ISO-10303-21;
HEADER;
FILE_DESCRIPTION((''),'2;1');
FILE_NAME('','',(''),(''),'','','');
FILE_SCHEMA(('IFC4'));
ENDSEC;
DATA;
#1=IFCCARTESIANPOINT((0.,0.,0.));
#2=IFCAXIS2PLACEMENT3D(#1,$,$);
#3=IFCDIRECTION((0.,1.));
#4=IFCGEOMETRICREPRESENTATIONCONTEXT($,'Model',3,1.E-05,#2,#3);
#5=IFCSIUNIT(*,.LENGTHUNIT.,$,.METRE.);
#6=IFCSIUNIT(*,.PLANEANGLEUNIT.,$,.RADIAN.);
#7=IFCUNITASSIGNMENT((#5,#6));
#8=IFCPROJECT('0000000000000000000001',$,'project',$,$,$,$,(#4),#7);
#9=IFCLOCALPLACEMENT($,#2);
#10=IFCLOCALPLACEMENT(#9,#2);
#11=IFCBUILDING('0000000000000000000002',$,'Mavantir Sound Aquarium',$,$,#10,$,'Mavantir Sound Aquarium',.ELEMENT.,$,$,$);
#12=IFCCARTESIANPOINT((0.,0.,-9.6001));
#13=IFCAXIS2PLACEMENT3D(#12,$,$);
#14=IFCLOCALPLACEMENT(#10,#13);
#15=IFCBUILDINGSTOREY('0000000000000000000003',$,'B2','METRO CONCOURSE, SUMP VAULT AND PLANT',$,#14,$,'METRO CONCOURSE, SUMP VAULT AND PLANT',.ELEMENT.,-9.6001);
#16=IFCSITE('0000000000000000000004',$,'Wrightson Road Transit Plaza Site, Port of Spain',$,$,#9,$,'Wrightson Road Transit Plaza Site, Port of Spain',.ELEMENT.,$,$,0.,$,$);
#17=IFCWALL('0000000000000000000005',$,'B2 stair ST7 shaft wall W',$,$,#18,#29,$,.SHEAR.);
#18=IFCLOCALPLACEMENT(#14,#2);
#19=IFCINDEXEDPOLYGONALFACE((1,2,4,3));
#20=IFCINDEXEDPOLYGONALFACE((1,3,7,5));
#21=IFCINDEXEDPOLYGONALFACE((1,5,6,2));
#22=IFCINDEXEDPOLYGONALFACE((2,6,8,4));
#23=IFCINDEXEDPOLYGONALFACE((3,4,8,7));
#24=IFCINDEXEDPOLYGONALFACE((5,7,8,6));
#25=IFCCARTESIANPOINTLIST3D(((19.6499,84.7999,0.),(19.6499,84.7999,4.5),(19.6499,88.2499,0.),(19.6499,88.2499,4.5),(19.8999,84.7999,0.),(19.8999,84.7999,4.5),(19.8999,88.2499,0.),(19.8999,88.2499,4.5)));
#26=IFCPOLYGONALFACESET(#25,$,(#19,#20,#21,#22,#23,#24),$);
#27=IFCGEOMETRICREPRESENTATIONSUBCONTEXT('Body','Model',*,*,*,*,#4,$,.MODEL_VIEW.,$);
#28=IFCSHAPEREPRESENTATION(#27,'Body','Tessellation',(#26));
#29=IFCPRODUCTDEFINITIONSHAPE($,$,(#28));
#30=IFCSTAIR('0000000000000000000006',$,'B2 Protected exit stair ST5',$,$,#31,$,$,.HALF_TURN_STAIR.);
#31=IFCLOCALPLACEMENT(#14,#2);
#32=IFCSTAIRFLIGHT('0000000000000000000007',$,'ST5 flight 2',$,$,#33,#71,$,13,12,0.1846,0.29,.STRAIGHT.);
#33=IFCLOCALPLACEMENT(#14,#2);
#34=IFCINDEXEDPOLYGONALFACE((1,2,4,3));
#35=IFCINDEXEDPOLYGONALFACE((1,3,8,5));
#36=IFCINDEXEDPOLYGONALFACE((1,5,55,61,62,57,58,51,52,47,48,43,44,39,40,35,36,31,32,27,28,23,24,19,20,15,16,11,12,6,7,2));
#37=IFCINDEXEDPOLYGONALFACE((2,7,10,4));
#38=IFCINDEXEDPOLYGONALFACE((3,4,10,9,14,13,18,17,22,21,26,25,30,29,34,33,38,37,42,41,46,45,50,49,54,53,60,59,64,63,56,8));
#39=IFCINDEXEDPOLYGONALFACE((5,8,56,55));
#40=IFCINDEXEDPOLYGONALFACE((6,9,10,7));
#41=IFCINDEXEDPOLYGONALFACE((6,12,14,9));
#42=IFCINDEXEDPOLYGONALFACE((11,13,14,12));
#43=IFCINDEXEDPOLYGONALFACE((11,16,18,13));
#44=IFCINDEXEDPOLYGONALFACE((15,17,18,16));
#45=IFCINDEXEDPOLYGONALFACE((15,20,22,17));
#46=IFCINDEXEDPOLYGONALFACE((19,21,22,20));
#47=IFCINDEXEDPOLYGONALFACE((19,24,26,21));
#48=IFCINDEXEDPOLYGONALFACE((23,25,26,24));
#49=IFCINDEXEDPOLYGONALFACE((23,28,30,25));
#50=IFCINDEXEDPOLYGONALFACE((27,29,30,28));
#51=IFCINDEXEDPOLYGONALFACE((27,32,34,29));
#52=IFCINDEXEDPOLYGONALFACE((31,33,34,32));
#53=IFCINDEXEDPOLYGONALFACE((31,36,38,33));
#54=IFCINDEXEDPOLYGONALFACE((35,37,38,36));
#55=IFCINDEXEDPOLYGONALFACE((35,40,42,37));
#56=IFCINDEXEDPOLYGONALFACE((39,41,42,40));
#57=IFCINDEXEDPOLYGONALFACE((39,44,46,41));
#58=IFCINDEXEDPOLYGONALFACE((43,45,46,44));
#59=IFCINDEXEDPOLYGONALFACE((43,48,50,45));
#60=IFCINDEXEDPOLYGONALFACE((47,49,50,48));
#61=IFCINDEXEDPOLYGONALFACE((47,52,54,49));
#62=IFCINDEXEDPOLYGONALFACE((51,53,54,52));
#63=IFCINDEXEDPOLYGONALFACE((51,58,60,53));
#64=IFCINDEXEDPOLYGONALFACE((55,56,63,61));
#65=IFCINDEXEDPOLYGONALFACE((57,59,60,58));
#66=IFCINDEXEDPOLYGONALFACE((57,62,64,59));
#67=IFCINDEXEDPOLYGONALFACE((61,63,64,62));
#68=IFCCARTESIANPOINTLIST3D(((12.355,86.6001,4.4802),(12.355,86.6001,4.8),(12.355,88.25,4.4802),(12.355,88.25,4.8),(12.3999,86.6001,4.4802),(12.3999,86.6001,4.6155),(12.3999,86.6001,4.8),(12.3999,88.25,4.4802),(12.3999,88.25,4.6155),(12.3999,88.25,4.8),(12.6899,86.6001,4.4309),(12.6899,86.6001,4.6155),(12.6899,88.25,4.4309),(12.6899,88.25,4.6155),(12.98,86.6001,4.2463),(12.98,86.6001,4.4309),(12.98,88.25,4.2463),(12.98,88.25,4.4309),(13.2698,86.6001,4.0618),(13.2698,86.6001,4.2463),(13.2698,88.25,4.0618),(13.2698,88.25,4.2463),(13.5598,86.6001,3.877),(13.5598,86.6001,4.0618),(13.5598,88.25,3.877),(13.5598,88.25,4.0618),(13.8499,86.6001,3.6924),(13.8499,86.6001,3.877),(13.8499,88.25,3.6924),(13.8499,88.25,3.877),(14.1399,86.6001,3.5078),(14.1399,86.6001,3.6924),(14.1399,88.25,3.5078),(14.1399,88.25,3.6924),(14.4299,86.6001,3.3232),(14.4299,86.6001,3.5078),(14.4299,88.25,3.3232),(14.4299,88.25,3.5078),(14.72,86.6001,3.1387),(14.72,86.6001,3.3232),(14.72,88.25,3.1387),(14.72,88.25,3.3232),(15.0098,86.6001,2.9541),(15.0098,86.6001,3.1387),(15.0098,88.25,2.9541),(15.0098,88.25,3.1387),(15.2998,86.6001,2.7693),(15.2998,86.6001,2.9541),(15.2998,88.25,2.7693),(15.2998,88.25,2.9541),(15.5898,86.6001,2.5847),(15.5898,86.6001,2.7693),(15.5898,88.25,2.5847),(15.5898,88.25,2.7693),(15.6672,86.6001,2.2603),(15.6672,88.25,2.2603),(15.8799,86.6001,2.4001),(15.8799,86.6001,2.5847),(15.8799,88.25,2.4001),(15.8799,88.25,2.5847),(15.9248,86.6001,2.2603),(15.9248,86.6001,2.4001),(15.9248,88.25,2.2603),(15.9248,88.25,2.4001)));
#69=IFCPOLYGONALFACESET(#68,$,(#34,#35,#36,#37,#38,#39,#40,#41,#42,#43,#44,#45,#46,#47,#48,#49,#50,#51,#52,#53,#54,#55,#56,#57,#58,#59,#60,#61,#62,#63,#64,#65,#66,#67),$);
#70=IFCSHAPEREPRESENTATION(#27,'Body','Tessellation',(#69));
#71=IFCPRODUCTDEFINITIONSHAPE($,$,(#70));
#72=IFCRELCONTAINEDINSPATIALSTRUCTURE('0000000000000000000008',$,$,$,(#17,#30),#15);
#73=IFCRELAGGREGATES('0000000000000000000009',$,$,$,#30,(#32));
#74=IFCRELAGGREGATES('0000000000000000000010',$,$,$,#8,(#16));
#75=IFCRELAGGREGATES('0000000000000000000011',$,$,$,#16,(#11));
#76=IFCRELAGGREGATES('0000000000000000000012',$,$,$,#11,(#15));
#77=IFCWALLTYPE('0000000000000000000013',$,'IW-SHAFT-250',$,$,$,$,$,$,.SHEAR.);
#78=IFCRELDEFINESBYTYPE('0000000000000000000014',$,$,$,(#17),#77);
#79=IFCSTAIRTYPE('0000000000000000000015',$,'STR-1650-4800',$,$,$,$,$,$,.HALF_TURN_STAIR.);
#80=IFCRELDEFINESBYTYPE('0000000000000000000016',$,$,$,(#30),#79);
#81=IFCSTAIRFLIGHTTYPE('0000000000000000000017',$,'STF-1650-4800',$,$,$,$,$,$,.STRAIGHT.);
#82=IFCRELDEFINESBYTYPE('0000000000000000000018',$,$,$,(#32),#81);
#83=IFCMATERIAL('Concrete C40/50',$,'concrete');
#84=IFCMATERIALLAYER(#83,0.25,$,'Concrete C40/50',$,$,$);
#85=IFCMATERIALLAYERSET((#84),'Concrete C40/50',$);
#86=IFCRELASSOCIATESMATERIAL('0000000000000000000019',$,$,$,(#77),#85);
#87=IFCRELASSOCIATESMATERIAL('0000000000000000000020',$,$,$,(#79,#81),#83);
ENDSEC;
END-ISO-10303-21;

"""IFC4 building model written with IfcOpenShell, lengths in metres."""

from ifc_helpers import new_model, si_unit, direction, frame, frame_2d, origin, place, context, subcontext, project, spatial, polyline, rectangle, outline, extrude, material, layer, layer_set, type_object, element, aggregate, save


model = new_model("IFC4")

# Units and contexts
model_context = context("Model", 3, precision=1e-05, world=origin(), true_north=direction((0.0, 1.0)))
body_context = subcontext(model_context, "Body", "Model", "MODEL_VIEW")
ifc_project = project(units=[si_unit("LENGTHUNIT", "METRE"), si_unit("PLANEANGLEUNIT", "RADIAN")], contexts=[model_context])

# Site, building, storey
site_placement = place(None, origin())
site = spatial("IfcSite", under=ifc_project, at=site_placement, Name="Wrightson Road Transit Plaza Site, Port of Spain", LongName="Wrightson Road Transit Plaza Site, Port of Spain", CompositionType="ELEMENT", RefElevation=0.0)
building_placement = place(site_placement, origin())
building = spatial("IfcBuilding", under=site, at=building_placement, Name="Mavantir Sound Aquarium", LongName="Mavantir Sound Aquarium", CompositionType="ELEMENT")
storey_placement = place(building_placement, frame((0.0, 0.0, -9.6001)))
storey = spatial("IfcBuildingStorey", under=building, at=storey_placement, Name="B2", Description="METRO CONCOURSE, SUMP VAULT AND PLANT", LongName="METRO CONCOURSE, SUMP VAULT AND PLANT", CompositionType="ELEMENT", Elevation=-9.6001)

# Shared definitions
ifc_material_1 = material(Name="Concrete C40/50", Category="concrete")

# Shared definitions
ifc_layer_1 = layer(ifc_material_1, 0.25, Name="Concrete C40/50")
ifc_layer_set_1 = layer_set([ifc_layer_1], Name="Concrete C40/50")
wall_type_1 = type_object("IfcWallType", Name="IW-SHAFT-250", PredefinedType="SHEAR", material=ifc_layer_set_1)

# Wall
for number, where, z_axis, x_axis, name in (
    (1, (19.7749, 88.25, 0.0), (0.0, 0.0, 1.0), (0.0, -1.0, 0.0), "B2 stair ST7 shaft wall W"),
):
    element("IfcWall", number, at=place(storey_placement, frame(where, z_axis=z_axis, x_axis=x_axis)), inside=storey, type_object=wall_type_1, Name=name, PredefinedType="SHEAR", context=body_context, shape_type="SweptSolid", body=[
        extrude(rectangle(XDim=3.45, YDim=0.25, at=frame_2d((1.7251, 0.0))), origin(), (0.0, 0.0, 1.0), 4.5),
    ])

# Stair, stair flight
stair_type = type_object("IfcStairType", Name="STR-1650-4800", PredefinedType="HALF_TURN_STAIR", material=ifc_material_1)
stair_placement = place(storey_placement, origin())
stair = element("IfcStair", 2, at=stair_placement, inside=storey, type_object=stair_type, Name="B2 Protected exit stair ST5", PredefinedType="HALF_TURN_STAIR")
stair_flight_type = type_object("IfcStairFlightType", Name="STF-1650-4800", PredefinedType="STRAIGHT", material=ifc_material_1)
stair_flight_placement = place(storey_placement, frame((15.8799, 87.425, 2.4001), z_axis=(0.0, 0.0, 1.0), x_axis=(-1.0, 0.0, 0.0)))
stair_flight = element("IfcStairFlight", 3, at=stair_flight_placement, type_object=stair_flight_type, Name="ST5 flight 2", NumberOfRisers=13, NumberOfTreads=12, PredefinedType="STRAIGHT", RiserHeight=0.1846, TreadLength=0.29, context=body_context, shape_type="SweptSolid", body=[
    extrude(outline(polyline([(-0.0449, -0.1399), (-0.0449, 0.0), (0.0, 0.0), (0.0, 0.1846), (0.29, 0.1846), (0.29, 0.3691), (0.5801, 0.3691), (0.5801, 0.554), (0.8701, 0.554), (0.8701, 0.7385), (1.1599, 0.7385), (1.1599, 0.9231), (1.45, 0.9231), (1.45, 1.1077), (1.74, 1.1077), (1.74, 1.2922), (2.03, 1.2922), (2.03, 1.4768), (2.3201, 1.4768), (2.3201, 1.6616), (2.6101, 1.6616), (2.6101, 1.8462), (2.8999, 1.8462), (2.8999, 2.0308), (3.1899, 2.0308), (3.1899, 2.2153), (3.48, 2.2153), (3.48, 2.3999), (3.5249, 2.3999), (3.5249, 2.0801), (3.48, 2.0801), (0.2126, -0.1399), (-0.0449, -0.1399)])), frame((0.0, 0.825, 0.0), z_axis=(0.0, -1.0, 0.0), x_axis=(1.0, 0.0, 0.0)), (0.0, 0.0, 1.0), 1.6499),
])
aggregate(stair, [stair_flight])

save(model, "model.ifc")
